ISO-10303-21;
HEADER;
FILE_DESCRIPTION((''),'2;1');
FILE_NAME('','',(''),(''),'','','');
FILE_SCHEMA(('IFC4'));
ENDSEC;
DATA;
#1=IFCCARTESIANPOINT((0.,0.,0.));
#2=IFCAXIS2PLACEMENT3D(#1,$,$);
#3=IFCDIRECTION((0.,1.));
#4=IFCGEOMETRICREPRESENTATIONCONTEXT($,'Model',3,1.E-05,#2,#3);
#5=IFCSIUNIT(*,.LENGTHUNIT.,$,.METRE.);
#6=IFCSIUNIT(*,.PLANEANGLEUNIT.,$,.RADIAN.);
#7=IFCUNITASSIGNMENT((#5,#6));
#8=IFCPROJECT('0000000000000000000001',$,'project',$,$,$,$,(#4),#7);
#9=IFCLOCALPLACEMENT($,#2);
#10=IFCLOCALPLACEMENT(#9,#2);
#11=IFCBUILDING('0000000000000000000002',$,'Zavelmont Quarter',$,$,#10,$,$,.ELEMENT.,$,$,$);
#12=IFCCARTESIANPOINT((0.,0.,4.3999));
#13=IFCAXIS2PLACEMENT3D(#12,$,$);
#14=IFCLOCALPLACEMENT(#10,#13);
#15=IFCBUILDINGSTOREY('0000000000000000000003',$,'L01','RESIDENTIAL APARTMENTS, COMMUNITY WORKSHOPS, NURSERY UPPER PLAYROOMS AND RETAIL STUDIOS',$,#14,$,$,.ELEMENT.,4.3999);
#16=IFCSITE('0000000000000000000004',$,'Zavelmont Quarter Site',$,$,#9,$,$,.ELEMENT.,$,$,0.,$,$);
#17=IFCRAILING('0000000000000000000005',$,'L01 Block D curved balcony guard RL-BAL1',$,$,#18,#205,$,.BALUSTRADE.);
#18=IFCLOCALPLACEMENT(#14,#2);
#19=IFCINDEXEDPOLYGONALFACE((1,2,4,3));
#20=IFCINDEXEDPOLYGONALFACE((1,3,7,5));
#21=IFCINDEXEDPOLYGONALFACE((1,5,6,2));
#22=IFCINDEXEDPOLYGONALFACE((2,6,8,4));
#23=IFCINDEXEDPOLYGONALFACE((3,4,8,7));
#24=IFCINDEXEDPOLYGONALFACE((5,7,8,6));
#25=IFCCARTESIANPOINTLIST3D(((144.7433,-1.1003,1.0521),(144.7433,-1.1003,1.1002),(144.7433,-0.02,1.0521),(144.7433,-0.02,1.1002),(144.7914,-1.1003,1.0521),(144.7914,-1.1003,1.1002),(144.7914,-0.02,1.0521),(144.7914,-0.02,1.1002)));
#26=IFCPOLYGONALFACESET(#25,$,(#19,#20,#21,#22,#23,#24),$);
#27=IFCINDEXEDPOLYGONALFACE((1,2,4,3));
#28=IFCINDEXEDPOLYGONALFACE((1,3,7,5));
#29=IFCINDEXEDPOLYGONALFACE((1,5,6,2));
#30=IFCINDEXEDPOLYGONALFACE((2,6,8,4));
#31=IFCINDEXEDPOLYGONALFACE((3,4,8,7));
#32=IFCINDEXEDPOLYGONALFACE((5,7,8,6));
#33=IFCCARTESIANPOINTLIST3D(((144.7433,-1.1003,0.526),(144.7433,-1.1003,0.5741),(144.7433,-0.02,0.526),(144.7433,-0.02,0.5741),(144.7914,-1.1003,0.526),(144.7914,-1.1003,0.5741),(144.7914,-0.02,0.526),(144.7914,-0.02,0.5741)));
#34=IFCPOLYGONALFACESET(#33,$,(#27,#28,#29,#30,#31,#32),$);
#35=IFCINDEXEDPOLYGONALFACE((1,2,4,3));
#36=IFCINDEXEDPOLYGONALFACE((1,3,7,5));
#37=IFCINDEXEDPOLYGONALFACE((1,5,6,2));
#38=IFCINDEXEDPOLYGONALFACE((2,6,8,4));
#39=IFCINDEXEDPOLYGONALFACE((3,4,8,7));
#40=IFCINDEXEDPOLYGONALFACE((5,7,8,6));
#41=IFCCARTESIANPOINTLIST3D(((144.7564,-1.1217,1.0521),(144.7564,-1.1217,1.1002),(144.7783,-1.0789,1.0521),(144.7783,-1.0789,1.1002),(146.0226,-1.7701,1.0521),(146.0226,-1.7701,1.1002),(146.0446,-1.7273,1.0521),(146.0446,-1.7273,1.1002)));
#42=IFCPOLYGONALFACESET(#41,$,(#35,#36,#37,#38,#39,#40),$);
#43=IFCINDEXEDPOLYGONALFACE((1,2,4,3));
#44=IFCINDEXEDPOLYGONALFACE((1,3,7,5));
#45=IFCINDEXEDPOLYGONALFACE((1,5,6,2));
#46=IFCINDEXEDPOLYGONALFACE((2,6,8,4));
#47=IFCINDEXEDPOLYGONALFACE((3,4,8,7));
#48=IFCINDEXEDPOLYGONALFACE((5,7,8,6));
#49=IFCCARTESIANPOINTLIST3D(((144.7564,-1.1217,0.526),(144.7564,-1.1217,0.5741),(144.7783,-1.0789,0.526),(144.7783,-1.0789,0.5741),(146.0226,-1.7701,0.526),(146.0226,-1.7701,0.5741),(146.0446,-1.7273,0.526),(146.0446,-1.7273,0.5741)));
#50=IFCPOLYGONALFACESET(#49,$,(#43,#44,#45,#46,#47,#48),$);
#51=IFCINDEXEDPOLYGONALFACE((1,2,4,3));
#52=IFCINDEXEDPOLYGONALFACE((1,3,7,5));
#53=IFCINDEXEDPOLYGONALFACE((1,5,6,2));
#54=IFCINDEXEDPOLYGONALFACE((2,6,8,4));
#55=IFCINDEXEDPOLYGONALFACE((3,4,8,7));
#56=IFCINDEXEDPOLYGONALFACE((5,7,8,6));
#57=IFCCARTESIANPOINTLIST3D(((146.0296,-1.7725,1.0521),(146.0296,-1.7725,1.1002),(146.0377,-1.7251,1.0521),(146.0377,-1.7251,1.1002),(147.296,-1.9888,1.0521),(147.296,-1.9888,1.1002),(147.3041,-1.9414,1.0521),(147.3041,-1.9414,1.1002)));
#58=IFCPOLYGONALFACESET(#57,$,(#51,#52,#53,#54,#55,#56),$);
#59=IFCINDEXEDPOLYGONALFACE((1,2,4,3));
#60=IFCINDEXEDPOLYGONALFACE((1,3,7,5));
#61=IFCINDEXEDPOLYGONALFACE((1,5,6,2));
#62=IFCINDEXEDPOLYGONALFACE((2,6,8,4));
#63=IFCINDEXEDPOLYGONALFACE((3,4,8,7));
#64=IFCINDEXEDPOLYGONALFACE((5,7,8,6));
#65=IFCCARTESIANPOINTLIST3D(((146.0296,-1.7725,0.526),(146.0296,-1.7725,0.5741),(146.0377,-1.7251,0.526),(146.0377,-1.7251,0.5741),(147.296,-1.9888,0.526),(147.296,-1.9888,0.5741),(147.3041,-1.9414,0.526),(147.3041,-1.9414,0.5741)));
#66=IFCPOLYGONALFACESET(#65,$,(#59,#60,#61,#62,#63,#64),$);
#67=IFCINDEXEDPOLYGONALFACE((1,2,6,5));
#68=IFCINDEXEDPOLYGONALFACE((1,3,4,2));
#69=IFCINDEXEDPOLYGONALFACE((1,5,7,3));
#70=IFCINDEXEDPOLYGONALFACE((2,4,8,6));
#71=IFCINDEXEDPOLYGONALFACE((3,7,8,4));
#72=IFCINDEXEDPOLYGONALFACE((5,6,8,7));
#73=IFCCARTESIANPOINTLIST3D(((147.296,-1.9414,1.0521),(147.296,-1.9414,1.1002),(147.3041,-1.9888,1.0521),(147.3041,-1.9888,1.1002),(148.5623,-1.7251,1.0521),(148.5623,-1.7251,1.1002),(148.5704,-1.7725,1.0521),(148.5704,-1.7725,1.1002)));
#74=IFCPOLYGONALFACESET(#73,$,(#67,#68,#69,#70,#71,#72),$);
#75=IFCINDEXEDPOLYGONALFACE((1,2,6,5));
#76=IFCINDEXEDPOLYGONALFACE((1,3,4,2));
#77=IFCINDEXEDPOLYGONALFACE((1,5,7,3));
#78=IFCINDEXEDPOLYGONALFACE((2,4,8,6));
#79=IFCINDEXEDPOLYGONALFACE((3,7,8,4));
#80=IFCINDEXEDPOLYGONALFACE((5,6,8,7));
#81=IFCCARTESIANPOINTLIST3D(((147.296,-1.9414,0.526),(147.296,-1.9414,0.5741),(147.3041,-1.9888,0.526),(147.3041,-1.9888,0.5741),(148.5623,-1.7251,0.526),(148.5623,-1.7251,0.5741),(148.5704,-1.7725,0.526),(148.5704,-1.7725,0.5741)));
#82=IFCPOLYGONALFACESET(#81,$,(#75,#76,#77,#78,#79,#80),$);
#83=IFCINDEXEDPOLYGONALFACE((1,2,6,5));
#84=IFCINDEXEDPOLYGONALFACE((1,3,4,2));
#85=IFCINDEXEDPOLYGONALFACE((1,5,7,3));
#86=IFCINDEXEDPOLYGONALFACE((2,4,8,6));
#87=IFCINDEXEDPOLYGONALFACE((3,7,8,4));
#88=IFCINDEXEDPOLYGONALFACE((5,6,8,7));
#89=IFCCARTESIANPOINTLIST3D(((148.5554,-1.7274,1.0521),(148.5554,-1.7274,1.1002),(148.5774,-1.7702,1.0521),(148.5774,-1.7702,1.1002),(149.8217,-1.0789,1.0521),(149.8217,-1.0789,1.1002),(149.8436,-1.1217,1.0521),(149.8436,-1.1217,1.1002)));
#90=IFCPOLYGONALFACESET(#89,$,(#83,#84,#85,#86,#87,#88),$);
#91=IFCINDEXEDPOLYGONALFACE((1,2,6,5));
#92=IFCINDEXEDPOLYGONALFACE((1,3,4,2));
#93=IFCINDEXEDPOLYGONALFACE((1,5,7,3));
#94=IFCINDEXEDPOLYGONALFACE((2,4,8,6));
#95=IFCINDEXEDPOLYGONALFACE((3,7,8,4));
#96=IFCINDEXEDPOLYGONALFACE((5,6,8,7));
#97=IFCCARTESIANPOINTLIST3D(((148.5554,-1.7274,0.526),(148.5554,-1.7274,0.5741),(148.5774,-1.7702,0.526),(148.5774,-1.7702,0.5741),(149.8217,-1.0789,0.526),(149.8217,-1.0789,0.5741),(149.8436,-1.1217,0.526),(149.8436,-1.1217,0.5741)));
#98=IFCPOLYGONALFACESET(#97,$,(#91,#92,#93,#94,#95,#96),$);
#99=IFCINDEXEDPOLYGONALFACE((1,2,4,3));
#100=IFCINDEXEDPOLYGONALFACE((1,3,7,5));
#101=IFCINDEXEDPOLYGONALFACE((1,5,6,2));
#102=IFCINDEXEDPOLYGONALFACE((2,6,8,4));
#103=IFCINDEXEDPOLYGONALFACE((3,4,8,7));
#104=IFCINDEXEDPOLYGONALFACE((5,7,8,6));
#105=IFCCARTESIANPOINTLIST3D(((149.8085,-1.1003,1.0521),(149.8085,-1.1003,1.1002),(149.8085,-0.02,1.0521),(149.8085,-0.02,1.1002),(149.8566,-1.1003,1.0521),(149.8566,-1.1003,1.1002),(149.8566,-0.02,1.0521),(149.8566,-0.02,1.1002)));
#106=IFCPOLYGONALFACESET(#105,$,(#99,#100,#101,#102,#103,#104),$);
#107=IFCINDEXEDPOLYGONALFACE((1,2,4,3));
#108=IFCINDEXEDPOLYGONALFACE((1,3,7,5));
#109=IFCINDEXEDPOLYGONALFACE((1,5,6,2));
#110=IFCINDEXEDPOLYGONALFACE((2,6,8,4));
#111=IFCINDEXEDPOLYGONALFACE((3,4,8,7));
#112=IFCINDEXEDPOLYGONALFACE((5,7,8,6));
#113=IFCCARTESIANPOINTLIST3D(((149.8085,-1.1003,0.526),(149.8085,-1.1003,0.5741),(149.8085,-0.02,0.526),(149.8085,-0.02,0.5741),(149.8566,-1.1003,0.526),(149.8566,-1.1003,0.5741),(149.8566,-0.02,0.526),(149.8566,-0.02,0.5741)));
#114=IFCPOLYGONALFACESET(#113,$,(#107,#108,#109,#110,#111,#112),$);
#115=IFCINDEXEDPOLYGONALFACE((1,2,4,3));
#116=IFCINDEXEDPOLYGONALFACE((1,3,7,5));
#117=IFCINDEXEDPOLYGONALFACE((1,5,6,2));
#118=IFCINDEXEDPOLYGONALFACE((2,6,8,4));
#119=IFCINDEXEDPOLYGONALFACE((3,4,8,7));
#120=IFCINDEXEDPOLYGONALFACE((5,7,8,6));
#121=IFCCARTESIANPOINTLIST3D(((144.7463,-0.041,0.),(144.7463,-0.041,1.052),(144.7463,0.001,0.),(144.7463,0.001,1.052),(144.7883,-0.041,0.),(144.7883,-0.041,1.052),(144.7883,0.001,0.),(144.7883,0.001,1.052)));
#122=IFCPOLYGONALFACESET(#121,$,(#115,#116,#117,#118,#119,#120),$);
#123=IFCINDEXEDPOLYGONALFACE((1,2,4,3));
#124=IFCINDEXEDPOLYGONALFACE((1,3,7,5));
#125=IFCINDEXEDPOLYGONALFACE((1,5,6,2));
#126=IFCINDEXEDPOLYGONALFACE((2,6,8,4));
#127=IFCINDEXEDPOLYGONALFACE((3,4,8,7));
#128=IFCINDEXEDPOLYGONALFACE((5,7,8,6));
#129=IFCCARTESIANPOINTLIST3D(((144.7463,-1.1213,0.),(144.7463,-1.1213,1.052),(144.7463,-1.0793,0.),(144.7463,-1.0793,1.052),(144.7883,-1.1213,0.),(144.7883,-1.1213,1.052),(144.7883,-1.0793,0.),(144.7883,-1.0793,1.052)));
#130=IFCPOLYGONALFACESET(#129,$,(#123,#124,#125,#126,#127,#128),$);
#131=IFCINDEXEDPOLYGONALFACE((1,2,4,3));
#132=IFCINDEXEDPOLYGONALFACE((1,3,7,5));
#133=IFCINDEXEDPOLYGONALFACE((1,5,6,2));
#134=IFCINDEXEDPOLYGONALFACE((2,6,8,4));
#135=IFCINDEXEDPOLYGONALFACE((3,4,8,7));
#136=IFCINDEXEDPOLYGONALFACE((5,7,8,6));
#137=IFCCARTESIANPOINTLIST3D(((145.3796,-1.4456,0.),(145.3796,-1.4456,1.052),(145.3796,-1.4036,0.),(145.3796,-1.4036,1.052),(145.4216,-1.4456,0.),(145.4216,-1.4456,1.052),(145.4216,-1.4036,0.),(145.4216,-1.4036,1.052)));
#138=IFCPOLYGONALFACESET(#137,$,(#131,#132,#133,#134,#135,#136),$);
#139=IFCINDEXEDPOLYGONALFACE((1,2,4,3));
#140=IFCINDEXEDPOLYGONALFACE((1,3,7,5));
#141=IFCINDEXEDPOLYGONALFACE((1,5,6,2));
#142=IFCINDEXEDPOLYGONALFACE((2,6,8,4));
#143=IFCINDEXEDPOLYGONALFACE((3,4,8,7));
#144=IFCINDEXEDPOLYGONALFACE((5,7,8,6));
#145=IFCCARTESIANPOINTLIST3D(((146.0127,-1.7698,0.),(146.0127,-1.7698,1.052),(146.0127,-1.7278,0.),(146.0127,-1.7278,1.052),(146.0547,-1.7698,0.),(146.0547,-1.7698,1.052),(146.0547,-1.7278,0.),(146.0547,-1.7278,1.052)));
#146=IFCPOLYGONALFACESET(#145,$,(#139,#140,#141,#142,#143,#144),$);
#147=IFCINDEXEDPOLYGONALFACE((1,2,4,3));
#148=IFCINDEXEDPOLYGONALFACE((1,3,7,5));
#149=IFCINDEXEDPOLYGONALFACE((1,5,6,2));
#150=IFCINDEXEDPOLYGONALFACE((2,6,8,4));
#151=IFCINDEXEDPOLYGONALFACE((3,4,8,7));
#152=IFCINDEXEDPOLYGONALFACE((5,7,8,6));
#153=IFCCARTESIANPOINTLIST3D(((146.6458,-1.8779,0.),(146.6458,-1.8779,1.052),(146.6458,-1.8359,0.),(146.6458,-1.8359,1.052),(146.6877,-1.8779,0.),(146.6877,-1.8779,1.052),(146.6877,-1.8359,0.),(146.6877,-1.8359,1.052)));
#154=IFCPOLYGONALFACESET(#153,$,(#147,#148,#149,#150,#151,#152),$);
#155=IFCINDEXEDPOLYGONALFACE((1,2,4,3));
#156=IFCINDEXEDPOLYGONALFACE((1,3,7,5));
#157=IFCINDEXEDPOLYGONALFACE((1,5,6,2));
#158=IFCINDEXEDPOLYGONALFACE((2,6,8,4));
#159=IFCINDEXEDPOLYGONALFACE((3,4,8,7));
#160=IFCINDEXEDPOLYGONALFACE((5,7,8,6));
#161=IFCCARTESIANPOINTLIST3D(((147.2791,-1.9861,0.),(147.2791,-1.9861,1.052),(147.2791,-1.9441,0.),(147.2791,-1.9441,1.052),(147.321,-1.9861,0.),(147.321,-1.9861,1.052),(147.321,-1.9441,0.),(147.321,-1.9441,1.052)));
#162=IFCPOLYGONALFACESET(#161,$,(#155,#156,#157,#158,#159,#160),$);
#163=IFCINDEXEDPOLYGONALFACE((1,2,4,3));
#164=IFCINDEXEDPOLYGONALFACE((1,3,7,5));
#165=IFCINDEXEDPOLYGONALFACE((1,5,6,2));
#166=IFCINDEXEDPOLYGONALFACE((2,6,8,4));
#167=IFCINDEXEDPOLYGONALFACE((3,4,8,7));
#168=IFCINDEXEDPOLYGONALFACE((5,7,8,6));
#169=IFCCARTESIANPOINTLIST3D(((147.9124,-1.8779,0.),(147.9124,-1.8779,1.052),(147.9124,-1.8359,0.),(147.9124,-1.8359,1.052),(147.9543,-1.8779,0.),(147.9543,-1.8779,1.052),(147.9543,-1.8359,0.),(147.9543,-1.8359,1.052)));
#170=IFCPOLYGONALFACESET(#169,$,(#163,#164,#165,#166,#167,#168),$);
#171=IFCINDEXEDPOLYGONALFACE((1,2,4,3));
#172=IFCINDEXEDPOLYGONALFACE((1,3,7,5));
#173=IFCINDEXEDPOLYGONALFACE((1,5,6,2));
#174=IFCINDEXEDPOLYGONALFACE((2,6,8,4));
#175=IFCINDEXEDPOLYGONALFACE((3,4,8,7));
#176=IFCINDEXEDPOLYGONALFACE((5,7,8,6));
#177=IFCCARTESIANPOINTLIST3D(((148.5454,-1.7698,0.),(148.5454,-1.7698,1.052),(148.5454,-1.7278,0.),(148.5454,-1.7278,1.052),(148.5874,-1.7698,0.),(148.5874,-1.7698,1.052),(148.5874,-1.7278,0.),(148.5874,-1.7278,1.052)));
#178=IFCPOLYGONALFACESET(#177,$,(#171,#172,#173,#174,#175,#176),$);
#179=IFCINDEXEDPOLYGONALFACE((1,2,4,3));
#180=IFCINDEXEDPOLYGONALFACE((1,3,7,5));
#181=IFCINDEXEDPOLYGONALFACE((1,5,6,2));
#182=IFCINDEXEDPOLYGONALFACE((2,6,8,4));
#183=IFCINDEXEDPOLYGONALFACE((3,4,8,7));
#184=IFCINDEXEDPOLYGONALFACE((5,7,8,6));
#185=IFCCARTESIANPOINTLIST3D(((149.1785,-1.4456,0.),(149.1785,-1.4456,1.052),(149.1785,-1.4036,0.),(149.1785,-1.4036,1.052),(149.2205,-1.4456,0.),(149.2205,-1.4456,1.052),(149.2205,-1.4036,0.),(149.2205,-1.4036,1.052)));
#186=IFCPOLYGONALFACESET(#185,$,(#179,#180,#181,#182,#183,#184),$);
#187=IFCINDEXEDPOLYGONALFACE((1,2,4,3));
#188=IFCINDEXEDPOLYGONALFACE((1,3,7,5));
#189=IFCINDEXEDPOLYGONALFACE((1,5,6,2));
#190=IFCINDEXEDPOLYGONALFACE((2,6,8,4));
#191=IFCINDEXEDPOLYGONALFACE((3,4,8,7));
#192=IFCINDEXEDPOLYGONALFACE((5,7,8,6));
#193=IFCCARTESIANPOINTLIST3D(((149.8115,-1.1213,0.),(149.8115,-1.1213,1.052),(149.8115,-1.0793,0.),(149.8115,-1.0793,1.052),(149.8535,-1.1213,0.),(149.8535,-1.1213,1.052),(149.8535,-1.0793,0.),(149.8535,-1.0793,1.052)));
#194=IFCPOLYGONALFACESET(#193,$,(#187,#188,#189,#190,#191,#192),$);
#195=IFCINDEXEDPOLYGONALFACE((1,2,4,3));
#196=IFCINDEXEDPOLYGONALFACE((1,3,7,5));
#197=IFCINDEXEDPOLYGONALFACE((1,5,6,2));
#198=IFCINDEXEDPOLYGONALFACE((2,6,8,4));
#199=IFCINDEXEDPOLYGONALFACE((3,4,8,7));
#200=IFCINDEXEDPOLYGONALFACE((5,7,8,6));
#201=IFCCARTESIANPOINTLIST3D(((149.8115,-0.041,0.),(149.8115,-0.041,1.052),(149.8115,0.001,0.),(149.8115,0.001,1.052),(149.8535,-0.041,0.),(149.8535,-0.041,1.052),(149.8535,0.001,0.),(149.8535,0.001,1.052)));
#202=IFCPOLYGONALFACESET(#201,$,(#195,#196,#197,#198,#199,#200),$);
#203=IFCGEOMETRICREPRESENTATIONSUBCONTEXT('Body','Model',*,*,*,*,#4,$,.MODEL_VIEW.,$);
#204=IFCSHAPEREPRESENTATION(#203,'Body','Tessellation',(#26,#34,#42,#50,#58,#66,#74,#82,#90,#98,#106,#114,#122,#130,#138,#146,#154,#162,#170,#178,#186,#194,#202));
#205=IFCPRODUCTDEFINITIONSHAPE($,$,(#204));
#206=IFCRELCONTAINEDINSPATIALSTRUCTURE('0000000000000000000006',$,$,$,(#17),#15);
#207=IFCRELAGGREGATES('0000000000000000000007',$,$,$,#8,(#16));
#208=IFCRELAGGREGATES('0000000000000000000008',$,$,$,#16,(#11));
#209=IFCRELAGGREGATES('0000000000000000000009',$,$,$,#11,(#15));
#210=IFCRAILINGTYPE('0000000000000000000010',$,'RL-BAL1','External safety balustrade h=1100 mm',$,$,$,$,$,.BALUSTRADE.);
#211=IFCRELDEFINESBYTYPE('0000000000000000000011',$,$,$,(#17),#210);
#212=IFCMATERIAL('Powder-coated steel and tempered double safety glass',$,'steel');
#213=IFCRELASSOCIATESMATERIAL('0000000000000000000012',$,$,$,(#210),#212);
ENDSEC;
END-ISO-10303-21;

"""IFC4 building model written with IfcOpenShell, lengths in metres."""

from ifc_helpers import new_model, si_unit, direction, frame, origin, origin_2d, place, context, subcontext, project, spatial, rectangle, extrude, material, type_object, element, save


model = new_model("IFC4")

# Units and contexts
model_context = context("Model", 3, precision=1e-05, world=origin(), true_north=direction((0.0, 1.0)))
body_context = subcontext(model_context, "Body", "Model", "MODEL_VIEW")
ifc_project = project(units=[si_unit("LENGTHUNIT", "METRE"), si_unit("PLANEANGLEUNIT", "RADIAN")], contexts=[model_context])

# Site, building, storey
site_placement = place(None, origin())
site = spatial("IfcSite", under=ifc_project, at=site_placement, Name="Zavelmont Quarter Site", CompositionType="ELEMENT", RefElevation=0.0)
building_placement = place(site_placement, origin())
building = spatial("IfcBuilding", under=site, at=building_placement, Name="Zavelmont Quarter", CompositionType="ELEMENT")
storey_placement = place(building_placement, frame((0.0, 0.0, 4.3999)))
storey = spatial("IfcBuildingStorey", under=building, at=storey_placement, Name="L01", Description="RESIDENTIAL APARTMENTS, COMMUNITY WORKSHOPS, NURSERY UPPER PLAYROOMS AND RETAIL STUDIOS", CompositionType="ELEMENT", Elevation=4.3999)

# Railing
ifc_material_1 = material(Name="Powder-coated steel and tempered double safety glass", Category="steel")
railing_type = type_object("IfcRailingType", Name="RL-BAL1", Description="External safety balustrade h=1100 mm", PredefinedType="BALUSTRADE", material=ifc_material_1)
railing_placement = place(storey_placement, frame((144.7673, -0.02, 0.0)))
element("IfcRailing", 1, at=railing_placement, inside=storey, type_object=railing_type, Name="L01 Block D curved balcony guard RL-BAL1", PredefinedType="BALUSTRADE", context=body_context, shape_type="SweptSolid", body=[
    extrude(rectangle(XDim=0.0481, YDim=0.0481, at=origin_2d()), frame((0.0, 0.0, 1.0762), z_axis=(0.0, -1.0, 0.0), x_axis=(1.0, 0.0, 0.0)), (0.0, 0.0, 1.0), 1.0803),
    extrude(rectangle(XDim=0.0481, YDim=0.0481, at=origin_2d()), frame((0.0, 0.0, 0.55), z_axis=(0.0, -1.0, 0.0), x_axis=(1.0, 0.0, 0.0)), (0.0, 0.0, 1.0), 1.0803),
    extrude(rectangle(XDim=0.0481, YDim=0.0481, at=origin_2d()), frame((0.0, -1.0803, 1.0762), z_axis=(0.890096, -0.455773, 0.0), x_axis=(0.455773, 0.890096, 0.0)), (0.0, 0.0, 1.0), 1.4226),
    extrude(rectangle(XDim=0.0481, YDim=0.0481, at=origin_2d()), frame((0.0, -1.0803, 0.55), z_axis=(0.890096, -0.455773, 0.0), x_axis=(0.455773, 0.890096, 0.0)), (0.0, 0.0, 1.0), 1.4226),
    extrude(rectangle(XDim=0.0481, YDim=0.0481, at=origin_2d()), frame((1.2664, -1.7288, 1.0762), z_axis=(0.985723, -0.168373, 0.0), x_axis=(0.168373, 0.985723, 0.0)), (0.0, 0.0, 1.0), 1.2847),
    extrude(rectangle(XDim=0.0481, YDim=0.0481, at=origin_2d()), frame((1.2664, -1.7288, 0.55), z_axis=(0.985723, -0.168373, 0.0), x_axis=(0.168373, 0.985723, 0.0)), (0.0, 0.0, 1.0), 1.2847),
    extrude(rectangle(XDim=0.0481, YDim=0.0481, at=origin_2d()), frame((2.5327, -1.9451, 1.0762), z_axis=(0.985723, 0.168373, 0.0), x_axis=(-0.168373, 0.985723, 0.0)), (0.0, 0.0, 1.0), 1.2847),
    extrude(rectangle(XDim=0.0481, YDim=0.0481, at=origin_2d()), frame((2.5327, -1.9451, 0.55), z_axis=(0.985723, 0.168373, 0.0), x_axis=(-0.168373, 0.985723, 0.0)), (0.0, 0.0, 1.0), 1.2847),
    extrude(rectangle(XDim=0.0481, YDim=0.0481, at=origin_2d()), frame((3.7991, -1.7288, 1.0762), z_axis=(0.89006, 0.455843, 0.0), x_axis=(-0.455843, 0.89006, 0.0)), (0.0, 0.0, 1.0), 1.4226),
    extrude(rectangle(XDim=0.0481, YDim=0.0481, at=origin_2d()), frame((3.7991, -1.7288, 0.55), z_axis=(0.89006, 0.455843, 0.0), x_axis=(-0.455843, 0.89006, 0.0)), (0.0, 0.0, 1.0), 1.4226),
    extrude(rectangle(XDim=0.0481, YDim=0.0481, at=origin_2d()), frame((5.0652, -1.0803, 1.0762), z_axis=(0.0, 1.0, 0.0), x_axis=(-1.0, 0.0, 0.0)), (0.0, 0.0, 1.0), 1.0803),
    extrude(rectangle(XDim=0.0481, YDim=0.0481, at=origin_2d()), frame((5.0652, -1.0803, 0.55), z_axis=(0.0, 1.0, 0.0), x_axis=(-1.0, 0.0, 0.0)), (0.0, 0.0, 1.0), 1.0803),
    extrude(rectangle(XDim=0.042, YDim=0.042, at=origin_2d()), origin(), (0.0, 0.0, 1.0), 1.052),
    extrude(rectangle(XDim=0.042, YDim=0.042, at=origin_2d()), frame((0.0, -1.0803, 0.0)), (0.0, 0.0, 1.0), 1.052),
    extrude(rectangle(XDim=0.042, YDim=0.042, at=origin_2d()), frame((0.6333, -1.4045, 0.0)), (0.0, 0.0, 1.0), 1.052),
    extrude(rectangle(XDim=0.042, YDim=0.042, at=origin_2d()), frame((1.2664, -1.7288, 0.0)), (0.0, 0.0, 1.0), 1.052),
    extrude(rectangle(XDim=0.042, YDim=0.042, at=origin_2d()), frame((1.8994, -1.8369, 0.0)), (0.0, 0.0, 1.0), 1.052),
    extrude(rectangle(XDim=0.042, YDim=0.042, at=origin_2d()), frame((2.5327, -1.9451, 0.0)), (0.0, 0.0, 1.0), 1.052),
    extrude(rectangle(XDim=0.042, YDim=0.042, at=origin_2d()), frame((3.166, -1.8369, 0.0)), (0.0, 0.0, 1.0), 1.052),
    extrude(rectangle(XDim=0.042, YDim=0.042, at=origin_2d()), frame((3.7991, -1.7288, 0.0)), (0.0, 0.0, 1.0), 1.052),
    extrude(rectangle(XDim=0.042, YDim=0.042, at=origin_2d()), frame((4.4321, -1.4045, 0.0)), (0.0, 0.0, 1.0), 1.052),
    extrude(rectangle(XDim=0.042, YDim=0.042, at=origin_2d()), frame((5.0652, -1.0803, 0.0)), (0.0, 0.0, 1.0), 1.052),
    extrude(rectangle(XDim=0.042, YDim=0.042, at=origin_2d()), frame((5.0652, 0.0, 0.0)), (0.0, 0.0, 1.0), 1.052),
])

save(model, "model.ifc")
